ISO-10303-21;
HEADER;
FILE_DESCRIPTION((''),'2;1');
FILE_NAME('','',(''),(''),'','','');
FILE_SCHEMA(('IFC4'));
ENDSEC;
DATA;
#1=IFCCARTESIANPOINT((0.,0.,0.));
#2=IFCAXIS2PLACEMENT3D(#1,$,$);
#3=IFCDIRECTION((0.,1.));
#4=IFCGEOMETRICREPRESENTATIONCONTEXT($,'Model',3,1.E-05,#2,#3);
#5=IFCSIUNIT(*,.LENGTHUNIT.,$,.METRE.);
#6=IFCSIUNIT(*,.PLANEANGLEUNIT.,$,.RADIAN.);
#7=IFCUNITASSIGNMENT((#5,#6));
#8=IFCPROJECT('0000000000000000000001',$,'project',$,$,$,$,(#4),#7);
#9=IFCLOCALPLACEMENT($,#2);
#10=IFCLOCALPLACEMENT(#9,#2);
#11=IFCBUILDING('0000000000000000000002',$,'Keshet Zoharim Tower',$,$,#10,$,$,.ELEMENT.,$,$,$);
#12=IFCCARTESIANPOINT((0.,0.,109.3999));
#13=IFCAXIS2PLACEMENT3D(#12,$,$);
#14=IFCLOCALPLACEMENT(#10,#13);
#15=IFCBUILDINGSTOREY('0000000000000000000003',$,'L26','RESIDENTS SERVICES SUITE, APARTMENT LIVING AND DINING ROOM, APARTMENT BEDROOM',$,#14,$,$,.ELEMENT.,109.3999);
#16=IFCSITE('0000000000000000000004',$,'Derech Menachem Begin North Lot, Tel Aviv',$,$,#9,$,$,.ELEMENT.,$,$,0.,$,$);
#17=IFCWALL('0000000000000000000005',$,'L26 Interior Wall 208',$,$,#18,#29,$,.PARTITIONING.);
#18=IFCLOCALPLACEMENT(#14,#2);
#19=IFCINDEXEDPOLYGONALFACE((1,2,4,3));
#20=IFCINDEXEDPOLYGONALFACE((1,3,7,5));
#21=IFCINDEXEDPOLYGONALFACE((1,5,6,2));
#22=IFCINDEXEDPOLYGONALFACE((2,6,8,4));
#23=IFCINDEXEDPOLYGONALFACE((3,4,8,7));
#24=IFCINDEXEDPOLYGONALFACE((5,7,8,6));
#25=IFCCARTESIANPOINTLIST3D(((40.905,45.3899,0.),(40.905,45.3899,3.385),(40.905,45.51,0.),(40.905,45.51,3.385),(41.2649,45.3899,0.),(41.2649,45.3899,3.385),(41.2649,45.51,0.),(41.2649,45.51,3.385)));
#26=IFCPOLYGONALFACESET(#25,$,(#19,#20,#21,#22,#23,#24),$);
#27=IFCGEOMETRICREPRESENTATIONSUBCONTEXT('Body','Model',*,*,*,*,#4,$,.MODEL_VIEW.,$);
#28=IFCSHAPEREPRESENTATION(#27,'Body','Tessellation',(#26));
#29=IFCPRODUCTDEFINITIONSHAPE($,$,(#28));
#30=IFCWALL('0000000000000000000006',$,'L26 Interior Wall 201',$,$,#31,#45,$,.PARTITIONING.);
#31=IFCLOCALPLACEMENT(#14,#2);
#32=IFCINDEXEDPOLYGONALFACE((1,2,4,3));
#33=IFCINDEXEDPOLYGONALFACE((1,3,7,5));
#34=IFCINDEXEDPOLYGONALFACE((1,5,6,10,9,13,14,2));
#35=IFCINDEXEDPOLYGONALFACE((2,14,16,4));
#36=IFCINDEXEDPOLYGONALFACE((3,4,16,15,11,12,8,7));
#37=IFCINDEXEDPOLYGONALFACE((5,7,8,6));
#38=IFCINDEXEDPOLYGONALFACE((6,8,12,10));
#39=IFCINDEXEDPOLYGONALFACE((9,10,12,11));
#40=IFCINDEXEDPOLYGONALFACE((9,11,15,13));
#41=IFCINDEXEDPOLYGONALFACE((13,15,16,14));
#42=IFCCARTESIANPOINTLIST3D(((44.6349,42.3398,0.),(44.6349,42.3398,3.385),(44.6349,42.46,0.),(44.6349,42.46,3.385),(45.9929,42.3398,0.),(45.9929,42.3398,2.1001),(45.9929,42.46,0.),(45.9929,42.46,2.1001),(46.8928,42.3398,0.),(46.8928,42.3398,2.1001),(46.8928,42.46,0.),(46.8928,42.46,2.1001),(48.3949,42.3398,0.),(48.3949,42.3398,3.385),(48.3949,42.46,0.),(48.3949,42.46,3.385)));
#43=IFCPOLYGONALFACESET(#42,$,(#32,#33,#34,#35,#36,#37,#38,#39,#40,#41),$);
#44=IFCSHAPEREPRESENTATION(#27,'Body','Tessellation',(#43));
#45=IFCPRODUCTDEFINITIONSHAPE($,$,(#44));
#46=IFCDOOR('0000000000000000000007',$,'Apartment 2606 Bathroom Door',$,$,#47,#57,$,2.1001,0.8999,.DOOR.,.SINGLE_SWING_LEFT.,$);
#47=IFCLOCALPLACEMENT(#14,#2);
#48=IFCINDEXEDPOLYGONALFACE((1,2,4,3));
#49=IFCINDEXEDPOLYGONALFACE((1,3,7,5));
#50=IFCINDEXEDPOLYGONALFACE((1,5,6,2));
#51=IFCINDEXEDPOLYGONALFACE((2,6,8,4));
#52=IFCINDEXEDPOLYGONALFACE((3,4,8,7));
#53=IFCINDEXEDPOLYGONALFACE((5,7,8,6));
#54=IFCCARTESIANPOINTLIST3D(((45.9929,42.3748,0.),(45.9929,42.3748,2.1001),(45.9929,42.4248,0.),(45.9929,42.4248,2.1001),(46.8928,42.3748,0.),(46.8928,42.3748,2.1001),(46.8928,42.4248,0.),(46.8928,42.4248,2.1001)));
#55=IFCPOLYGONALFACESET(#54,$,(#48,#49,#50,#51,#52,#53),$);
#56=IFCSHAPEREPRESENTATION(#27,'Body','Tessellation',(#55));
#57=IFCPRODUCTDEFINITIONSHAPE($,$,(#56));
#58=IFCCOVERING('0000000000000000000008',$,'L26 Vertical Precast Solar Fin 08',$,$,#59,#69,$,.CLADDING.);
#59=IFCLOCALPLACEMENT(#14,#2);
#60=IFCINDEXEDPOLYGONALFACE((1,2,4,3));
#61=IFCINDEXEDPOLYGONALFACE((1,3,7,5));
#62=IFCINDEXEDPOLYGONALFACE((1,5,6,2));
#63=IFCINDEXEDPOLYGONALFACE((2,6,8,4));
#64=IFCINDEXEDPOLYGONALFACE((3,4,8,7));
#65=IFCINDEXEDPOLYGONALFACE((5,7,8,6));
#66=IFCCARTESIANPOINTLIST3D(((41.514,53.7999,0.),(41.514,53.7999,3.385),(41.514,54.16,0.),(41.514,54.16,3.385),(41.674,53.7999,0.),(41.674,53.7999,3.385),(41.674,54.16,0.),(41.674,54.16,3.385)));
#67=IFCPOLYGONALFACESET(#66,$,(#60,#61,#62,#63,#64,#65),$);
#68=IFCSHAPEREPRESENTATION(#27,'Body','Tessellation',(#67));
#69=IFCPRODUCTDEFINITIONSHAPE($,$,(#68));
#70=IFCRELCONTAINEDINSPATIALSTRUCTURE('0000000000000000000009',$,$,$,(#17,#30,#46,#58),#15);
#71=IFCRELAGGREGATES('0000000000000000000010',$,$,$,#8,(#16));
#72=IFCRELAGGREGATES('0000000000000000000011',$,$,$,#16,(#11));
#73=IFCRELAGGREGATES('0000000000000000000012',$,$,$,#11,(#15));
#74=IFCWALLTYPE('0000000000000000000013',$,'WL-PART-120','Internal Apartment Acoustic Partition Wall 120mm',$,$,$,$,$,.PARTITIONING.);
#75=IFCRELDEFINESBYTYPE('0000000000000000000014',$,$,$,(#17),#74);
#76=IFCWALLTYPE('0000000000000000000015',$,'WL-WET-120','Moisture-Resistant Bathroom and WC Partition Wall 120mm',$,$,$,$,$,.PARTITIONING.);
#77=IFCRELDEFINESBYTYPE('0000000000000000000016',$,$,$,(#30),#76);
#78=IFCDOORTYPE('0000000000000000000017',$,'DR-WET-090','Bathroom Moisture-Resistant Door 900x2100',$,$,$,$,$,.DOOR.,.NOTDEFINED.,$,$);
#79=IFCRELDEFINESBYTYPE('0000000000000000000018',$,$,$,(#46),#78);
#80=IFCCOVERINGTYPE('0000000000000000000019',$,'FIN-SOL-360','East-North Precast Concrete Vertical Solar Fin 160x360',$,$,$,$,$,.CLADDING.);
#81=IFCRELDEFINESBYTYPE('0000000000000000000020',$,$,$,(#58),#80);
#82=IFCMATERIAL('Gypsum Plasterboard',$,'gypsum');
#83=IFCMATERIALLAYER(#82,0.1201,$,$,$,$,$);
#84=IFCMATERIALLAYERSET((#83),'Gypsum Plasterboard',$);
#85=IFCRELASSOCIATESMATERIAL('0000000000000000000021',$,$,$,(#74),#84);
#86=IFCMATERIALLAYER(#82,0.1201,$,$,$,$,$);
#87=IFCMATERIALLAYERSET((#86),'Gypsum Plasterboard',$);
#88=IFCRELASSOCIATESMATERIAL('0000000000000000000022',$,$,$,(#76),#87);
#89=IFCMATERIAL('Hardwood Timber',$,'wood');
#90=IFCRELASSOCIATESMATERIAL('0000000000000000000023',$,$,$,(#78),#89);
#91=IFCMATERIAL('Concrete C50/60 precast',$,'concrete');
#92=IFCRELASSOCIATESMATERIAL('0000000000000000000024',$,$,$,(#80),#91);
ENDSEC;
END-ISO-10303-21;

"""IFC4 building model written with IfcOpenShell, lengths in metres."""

from ifc_helpers import new_model, si_unit, direction, frame, frame_2d, origin, origin_2d, place, context, subcontext, project, spatial, rectangle, extrude, material, layer, layer_set, type_object, element, fill, save


model = new_model("IFC4")

# Units and contexts
model_context = context("Model", 3, precision=1e-05, world=origin(), true_north=direction((0.0, 1.0)))
body_context = subcontext(model_context, "Body", "Model", "MODEL_VIEW")
ifc_project = project(units=[si_unit("LENGTHUNIT", "METRE"), si_unit("PLANEANGLEUNIT", "RADIAN")], contexts=[model_context])

# Site, building, storey
site_placement = place(None, origin())
site = spatial("IfcSite", under=ifc_project, at=site_placement, Name="Derech Menachem Begin North Lot, Tel Aviv", CompositionType="ELEMENT", RefElevation=0.0)
building_placement = place(site_placement, origin())
building = spatial("IfcBuilding", under=site, at=building_placement, Name="Keshet Zoharim Tower", CompositionType="ELEMENT")
storey_placement = place(building_placement, frame((0.0, 0.0, 109.3999)))
storey = spatial("IfcBuildingStorey", under=building, at=storey_placement, Name="L26", Description="RESIDENTS SERVICES SUITE, APARTMENT LIVING AND DINING ROOM, APARTMENT BEDROOM", CompositionType="ELEMENT", Elevation=109.3999)

# Shared definitions
ifc_material_1 = material(Name="Gypsum Plasterboard", Category="gypsum")
ifc_layer_1 = layer(ifc_material_1, 0.1201)
ifc_layer_set_1 = layer_set([ifc_layer_1], Name="Gypsum Plasterboard")
wall_type_1 = type_object("IfcWallType", Name="WL-PART-120", Description="Internal Apartment Acoustic Partition Wall 120mm", PredefinedType="PARTITIONING", material=ifc_layer_set_1)

# Shared definitions
ifc_material_2 = material(Name="Hardwood Timber", Category="wood")

# Wall
wall_1_placement = place(storey_placement, frame((40.905, 45.45, 0.0), z_axis=(0.0, 0.0, 1.0), x_axis=(1.0, 0.0, 0.0)))
element("IfcWall", 1, at=wall_1_placement, inside=storey, type_object=wall_type_1, Name="L26 Interior Wall 208", PredefinedType="PARTITIONING", context=body_context, shape_type="SweptSolid", body=[
    extrude(rectangle(XDim=0.3599, YDim=0.1201, at=frame_2d((0.1799, 0.0))), origin(), (0.0, 0.0, 1.0), 3.385),
])

# Wall, opening, door
ifc_layer_2 = layer(ifc_material_1, 0.1201)
ifc_layer_set_2 = layer_set([ifc_layer_2], Name="Gypsum Plasterboard")
wall_type_2 = type_object("IfcWallType", Name="WL-WET-120", Description="Moisture-Resistant Bathroom and WC Partition Wall 120mm", PredefinedType="PARTITIONING", material=ifc_layer_set_2)
wall_2_placement = place(storey_placement, frame((44.635, 42.3999, 0.0), z_axis=(0.0, 0.0, 1.0), x_axis=(1.0, 0.0, 0.0)))
wall_2 = element("IfcWall", 2, at=wall_2_placement, inside=storey, type_object=wall_type_2, Name="L26 Interior Wall 201", PredefinedType="PARTITIONING", context=body_context, shape_type="SweptSolid", body=[
    extrude(rectangle(XDim=3.76, YDim=0.1201, at=frame_2d((1.8799, 0.0))), origin(), (0.0, 0.0, 1.0), 3.385),
])
opening_1_placement = place(wall_2_placement, frame((1.3579, 0.0, 0.0)))
opening_1 = element("IfcOpeningElement", 3, at=opening_1_placement, cuts=wall_2, PredefinedType="OPENING", context=body_context, shape_type="SweptSolid", body=[
    extrude(rectangle(XDim=0.8999, YDim=2.1001, at=frame_2d((0.45, 1.05))), frame((0.0, 0.0701, 0.0), z_axis=(0.0, -1.0, 0.0), x_axis=(1.0, 0.0, 0.0)), (0.0, 0.0, 1.0), 0.1401),
])
door_type_1 = type_object("IfcDoorType", Name="DR-WET-090", Description="Bathroom Moisture-Resistant Door 900x2100", OperationType="NOTDEFINED", PredefinedType="DOOR", material=ifc_material_2)
door_1_placement = place(opening_1_placement, origin())
door_1 = element("IfcDoor", 4, at=door_1_placement, inside=storey, type_object=door_type_1, Name="Apartment 2606 Bathroom Door", OperationType="SINGLE_SWING_LEFT", OverallHeight=2.1001, OverallWidth=0.8999, PredefinedType="DOOR", context=body_context, shape_type="SweptSolid", body=[
    extrude(rectangle(XDim=0.8999, YDim=2.1001, at=frame_2d((0.45, 1.05))), frame((0.0, 0.0249, 0.0), z_axis=(0.0, -1.0, 0.0), x_axis=(1.0, 0.0, 0.0)), (0.0, 0.0, 1.0), 0.05),
])
fill(opening_1, door_1)

# Covering
ifc_material_3 = material(Name="Concrete C50/60 precast", Category="concrete")
covering_type = type_object("IfcCoveringType", Name="FIN-SOL-360", Description="East-North Precast Concrete Vertical Solar Fin 160x360", PredefinedType="CLADDING", material=ifc_material_3)
covering_placement = place(storey_placement, frame((41.594, 53.98, 0.0), z_axis=(0.0, 0.0, 1.0), x_axis=(1.0, 0.0, 0.0)))
element("IfcCovering", 5, at=covering_placement, inside=storey, type_object=covering_type, Name="L26 Vertical Precast Solar Fin 08", PredefinedType="CLADDING", context=body_context, shape_type="SweptSolid", body=[
    extrude(rectangle(XDim=0.1599, YDim=0.3601, at=origin_2d()), origin(), (0.0, 0.0, 1.0), 3.385),
])

save(model, "model.ifc")
